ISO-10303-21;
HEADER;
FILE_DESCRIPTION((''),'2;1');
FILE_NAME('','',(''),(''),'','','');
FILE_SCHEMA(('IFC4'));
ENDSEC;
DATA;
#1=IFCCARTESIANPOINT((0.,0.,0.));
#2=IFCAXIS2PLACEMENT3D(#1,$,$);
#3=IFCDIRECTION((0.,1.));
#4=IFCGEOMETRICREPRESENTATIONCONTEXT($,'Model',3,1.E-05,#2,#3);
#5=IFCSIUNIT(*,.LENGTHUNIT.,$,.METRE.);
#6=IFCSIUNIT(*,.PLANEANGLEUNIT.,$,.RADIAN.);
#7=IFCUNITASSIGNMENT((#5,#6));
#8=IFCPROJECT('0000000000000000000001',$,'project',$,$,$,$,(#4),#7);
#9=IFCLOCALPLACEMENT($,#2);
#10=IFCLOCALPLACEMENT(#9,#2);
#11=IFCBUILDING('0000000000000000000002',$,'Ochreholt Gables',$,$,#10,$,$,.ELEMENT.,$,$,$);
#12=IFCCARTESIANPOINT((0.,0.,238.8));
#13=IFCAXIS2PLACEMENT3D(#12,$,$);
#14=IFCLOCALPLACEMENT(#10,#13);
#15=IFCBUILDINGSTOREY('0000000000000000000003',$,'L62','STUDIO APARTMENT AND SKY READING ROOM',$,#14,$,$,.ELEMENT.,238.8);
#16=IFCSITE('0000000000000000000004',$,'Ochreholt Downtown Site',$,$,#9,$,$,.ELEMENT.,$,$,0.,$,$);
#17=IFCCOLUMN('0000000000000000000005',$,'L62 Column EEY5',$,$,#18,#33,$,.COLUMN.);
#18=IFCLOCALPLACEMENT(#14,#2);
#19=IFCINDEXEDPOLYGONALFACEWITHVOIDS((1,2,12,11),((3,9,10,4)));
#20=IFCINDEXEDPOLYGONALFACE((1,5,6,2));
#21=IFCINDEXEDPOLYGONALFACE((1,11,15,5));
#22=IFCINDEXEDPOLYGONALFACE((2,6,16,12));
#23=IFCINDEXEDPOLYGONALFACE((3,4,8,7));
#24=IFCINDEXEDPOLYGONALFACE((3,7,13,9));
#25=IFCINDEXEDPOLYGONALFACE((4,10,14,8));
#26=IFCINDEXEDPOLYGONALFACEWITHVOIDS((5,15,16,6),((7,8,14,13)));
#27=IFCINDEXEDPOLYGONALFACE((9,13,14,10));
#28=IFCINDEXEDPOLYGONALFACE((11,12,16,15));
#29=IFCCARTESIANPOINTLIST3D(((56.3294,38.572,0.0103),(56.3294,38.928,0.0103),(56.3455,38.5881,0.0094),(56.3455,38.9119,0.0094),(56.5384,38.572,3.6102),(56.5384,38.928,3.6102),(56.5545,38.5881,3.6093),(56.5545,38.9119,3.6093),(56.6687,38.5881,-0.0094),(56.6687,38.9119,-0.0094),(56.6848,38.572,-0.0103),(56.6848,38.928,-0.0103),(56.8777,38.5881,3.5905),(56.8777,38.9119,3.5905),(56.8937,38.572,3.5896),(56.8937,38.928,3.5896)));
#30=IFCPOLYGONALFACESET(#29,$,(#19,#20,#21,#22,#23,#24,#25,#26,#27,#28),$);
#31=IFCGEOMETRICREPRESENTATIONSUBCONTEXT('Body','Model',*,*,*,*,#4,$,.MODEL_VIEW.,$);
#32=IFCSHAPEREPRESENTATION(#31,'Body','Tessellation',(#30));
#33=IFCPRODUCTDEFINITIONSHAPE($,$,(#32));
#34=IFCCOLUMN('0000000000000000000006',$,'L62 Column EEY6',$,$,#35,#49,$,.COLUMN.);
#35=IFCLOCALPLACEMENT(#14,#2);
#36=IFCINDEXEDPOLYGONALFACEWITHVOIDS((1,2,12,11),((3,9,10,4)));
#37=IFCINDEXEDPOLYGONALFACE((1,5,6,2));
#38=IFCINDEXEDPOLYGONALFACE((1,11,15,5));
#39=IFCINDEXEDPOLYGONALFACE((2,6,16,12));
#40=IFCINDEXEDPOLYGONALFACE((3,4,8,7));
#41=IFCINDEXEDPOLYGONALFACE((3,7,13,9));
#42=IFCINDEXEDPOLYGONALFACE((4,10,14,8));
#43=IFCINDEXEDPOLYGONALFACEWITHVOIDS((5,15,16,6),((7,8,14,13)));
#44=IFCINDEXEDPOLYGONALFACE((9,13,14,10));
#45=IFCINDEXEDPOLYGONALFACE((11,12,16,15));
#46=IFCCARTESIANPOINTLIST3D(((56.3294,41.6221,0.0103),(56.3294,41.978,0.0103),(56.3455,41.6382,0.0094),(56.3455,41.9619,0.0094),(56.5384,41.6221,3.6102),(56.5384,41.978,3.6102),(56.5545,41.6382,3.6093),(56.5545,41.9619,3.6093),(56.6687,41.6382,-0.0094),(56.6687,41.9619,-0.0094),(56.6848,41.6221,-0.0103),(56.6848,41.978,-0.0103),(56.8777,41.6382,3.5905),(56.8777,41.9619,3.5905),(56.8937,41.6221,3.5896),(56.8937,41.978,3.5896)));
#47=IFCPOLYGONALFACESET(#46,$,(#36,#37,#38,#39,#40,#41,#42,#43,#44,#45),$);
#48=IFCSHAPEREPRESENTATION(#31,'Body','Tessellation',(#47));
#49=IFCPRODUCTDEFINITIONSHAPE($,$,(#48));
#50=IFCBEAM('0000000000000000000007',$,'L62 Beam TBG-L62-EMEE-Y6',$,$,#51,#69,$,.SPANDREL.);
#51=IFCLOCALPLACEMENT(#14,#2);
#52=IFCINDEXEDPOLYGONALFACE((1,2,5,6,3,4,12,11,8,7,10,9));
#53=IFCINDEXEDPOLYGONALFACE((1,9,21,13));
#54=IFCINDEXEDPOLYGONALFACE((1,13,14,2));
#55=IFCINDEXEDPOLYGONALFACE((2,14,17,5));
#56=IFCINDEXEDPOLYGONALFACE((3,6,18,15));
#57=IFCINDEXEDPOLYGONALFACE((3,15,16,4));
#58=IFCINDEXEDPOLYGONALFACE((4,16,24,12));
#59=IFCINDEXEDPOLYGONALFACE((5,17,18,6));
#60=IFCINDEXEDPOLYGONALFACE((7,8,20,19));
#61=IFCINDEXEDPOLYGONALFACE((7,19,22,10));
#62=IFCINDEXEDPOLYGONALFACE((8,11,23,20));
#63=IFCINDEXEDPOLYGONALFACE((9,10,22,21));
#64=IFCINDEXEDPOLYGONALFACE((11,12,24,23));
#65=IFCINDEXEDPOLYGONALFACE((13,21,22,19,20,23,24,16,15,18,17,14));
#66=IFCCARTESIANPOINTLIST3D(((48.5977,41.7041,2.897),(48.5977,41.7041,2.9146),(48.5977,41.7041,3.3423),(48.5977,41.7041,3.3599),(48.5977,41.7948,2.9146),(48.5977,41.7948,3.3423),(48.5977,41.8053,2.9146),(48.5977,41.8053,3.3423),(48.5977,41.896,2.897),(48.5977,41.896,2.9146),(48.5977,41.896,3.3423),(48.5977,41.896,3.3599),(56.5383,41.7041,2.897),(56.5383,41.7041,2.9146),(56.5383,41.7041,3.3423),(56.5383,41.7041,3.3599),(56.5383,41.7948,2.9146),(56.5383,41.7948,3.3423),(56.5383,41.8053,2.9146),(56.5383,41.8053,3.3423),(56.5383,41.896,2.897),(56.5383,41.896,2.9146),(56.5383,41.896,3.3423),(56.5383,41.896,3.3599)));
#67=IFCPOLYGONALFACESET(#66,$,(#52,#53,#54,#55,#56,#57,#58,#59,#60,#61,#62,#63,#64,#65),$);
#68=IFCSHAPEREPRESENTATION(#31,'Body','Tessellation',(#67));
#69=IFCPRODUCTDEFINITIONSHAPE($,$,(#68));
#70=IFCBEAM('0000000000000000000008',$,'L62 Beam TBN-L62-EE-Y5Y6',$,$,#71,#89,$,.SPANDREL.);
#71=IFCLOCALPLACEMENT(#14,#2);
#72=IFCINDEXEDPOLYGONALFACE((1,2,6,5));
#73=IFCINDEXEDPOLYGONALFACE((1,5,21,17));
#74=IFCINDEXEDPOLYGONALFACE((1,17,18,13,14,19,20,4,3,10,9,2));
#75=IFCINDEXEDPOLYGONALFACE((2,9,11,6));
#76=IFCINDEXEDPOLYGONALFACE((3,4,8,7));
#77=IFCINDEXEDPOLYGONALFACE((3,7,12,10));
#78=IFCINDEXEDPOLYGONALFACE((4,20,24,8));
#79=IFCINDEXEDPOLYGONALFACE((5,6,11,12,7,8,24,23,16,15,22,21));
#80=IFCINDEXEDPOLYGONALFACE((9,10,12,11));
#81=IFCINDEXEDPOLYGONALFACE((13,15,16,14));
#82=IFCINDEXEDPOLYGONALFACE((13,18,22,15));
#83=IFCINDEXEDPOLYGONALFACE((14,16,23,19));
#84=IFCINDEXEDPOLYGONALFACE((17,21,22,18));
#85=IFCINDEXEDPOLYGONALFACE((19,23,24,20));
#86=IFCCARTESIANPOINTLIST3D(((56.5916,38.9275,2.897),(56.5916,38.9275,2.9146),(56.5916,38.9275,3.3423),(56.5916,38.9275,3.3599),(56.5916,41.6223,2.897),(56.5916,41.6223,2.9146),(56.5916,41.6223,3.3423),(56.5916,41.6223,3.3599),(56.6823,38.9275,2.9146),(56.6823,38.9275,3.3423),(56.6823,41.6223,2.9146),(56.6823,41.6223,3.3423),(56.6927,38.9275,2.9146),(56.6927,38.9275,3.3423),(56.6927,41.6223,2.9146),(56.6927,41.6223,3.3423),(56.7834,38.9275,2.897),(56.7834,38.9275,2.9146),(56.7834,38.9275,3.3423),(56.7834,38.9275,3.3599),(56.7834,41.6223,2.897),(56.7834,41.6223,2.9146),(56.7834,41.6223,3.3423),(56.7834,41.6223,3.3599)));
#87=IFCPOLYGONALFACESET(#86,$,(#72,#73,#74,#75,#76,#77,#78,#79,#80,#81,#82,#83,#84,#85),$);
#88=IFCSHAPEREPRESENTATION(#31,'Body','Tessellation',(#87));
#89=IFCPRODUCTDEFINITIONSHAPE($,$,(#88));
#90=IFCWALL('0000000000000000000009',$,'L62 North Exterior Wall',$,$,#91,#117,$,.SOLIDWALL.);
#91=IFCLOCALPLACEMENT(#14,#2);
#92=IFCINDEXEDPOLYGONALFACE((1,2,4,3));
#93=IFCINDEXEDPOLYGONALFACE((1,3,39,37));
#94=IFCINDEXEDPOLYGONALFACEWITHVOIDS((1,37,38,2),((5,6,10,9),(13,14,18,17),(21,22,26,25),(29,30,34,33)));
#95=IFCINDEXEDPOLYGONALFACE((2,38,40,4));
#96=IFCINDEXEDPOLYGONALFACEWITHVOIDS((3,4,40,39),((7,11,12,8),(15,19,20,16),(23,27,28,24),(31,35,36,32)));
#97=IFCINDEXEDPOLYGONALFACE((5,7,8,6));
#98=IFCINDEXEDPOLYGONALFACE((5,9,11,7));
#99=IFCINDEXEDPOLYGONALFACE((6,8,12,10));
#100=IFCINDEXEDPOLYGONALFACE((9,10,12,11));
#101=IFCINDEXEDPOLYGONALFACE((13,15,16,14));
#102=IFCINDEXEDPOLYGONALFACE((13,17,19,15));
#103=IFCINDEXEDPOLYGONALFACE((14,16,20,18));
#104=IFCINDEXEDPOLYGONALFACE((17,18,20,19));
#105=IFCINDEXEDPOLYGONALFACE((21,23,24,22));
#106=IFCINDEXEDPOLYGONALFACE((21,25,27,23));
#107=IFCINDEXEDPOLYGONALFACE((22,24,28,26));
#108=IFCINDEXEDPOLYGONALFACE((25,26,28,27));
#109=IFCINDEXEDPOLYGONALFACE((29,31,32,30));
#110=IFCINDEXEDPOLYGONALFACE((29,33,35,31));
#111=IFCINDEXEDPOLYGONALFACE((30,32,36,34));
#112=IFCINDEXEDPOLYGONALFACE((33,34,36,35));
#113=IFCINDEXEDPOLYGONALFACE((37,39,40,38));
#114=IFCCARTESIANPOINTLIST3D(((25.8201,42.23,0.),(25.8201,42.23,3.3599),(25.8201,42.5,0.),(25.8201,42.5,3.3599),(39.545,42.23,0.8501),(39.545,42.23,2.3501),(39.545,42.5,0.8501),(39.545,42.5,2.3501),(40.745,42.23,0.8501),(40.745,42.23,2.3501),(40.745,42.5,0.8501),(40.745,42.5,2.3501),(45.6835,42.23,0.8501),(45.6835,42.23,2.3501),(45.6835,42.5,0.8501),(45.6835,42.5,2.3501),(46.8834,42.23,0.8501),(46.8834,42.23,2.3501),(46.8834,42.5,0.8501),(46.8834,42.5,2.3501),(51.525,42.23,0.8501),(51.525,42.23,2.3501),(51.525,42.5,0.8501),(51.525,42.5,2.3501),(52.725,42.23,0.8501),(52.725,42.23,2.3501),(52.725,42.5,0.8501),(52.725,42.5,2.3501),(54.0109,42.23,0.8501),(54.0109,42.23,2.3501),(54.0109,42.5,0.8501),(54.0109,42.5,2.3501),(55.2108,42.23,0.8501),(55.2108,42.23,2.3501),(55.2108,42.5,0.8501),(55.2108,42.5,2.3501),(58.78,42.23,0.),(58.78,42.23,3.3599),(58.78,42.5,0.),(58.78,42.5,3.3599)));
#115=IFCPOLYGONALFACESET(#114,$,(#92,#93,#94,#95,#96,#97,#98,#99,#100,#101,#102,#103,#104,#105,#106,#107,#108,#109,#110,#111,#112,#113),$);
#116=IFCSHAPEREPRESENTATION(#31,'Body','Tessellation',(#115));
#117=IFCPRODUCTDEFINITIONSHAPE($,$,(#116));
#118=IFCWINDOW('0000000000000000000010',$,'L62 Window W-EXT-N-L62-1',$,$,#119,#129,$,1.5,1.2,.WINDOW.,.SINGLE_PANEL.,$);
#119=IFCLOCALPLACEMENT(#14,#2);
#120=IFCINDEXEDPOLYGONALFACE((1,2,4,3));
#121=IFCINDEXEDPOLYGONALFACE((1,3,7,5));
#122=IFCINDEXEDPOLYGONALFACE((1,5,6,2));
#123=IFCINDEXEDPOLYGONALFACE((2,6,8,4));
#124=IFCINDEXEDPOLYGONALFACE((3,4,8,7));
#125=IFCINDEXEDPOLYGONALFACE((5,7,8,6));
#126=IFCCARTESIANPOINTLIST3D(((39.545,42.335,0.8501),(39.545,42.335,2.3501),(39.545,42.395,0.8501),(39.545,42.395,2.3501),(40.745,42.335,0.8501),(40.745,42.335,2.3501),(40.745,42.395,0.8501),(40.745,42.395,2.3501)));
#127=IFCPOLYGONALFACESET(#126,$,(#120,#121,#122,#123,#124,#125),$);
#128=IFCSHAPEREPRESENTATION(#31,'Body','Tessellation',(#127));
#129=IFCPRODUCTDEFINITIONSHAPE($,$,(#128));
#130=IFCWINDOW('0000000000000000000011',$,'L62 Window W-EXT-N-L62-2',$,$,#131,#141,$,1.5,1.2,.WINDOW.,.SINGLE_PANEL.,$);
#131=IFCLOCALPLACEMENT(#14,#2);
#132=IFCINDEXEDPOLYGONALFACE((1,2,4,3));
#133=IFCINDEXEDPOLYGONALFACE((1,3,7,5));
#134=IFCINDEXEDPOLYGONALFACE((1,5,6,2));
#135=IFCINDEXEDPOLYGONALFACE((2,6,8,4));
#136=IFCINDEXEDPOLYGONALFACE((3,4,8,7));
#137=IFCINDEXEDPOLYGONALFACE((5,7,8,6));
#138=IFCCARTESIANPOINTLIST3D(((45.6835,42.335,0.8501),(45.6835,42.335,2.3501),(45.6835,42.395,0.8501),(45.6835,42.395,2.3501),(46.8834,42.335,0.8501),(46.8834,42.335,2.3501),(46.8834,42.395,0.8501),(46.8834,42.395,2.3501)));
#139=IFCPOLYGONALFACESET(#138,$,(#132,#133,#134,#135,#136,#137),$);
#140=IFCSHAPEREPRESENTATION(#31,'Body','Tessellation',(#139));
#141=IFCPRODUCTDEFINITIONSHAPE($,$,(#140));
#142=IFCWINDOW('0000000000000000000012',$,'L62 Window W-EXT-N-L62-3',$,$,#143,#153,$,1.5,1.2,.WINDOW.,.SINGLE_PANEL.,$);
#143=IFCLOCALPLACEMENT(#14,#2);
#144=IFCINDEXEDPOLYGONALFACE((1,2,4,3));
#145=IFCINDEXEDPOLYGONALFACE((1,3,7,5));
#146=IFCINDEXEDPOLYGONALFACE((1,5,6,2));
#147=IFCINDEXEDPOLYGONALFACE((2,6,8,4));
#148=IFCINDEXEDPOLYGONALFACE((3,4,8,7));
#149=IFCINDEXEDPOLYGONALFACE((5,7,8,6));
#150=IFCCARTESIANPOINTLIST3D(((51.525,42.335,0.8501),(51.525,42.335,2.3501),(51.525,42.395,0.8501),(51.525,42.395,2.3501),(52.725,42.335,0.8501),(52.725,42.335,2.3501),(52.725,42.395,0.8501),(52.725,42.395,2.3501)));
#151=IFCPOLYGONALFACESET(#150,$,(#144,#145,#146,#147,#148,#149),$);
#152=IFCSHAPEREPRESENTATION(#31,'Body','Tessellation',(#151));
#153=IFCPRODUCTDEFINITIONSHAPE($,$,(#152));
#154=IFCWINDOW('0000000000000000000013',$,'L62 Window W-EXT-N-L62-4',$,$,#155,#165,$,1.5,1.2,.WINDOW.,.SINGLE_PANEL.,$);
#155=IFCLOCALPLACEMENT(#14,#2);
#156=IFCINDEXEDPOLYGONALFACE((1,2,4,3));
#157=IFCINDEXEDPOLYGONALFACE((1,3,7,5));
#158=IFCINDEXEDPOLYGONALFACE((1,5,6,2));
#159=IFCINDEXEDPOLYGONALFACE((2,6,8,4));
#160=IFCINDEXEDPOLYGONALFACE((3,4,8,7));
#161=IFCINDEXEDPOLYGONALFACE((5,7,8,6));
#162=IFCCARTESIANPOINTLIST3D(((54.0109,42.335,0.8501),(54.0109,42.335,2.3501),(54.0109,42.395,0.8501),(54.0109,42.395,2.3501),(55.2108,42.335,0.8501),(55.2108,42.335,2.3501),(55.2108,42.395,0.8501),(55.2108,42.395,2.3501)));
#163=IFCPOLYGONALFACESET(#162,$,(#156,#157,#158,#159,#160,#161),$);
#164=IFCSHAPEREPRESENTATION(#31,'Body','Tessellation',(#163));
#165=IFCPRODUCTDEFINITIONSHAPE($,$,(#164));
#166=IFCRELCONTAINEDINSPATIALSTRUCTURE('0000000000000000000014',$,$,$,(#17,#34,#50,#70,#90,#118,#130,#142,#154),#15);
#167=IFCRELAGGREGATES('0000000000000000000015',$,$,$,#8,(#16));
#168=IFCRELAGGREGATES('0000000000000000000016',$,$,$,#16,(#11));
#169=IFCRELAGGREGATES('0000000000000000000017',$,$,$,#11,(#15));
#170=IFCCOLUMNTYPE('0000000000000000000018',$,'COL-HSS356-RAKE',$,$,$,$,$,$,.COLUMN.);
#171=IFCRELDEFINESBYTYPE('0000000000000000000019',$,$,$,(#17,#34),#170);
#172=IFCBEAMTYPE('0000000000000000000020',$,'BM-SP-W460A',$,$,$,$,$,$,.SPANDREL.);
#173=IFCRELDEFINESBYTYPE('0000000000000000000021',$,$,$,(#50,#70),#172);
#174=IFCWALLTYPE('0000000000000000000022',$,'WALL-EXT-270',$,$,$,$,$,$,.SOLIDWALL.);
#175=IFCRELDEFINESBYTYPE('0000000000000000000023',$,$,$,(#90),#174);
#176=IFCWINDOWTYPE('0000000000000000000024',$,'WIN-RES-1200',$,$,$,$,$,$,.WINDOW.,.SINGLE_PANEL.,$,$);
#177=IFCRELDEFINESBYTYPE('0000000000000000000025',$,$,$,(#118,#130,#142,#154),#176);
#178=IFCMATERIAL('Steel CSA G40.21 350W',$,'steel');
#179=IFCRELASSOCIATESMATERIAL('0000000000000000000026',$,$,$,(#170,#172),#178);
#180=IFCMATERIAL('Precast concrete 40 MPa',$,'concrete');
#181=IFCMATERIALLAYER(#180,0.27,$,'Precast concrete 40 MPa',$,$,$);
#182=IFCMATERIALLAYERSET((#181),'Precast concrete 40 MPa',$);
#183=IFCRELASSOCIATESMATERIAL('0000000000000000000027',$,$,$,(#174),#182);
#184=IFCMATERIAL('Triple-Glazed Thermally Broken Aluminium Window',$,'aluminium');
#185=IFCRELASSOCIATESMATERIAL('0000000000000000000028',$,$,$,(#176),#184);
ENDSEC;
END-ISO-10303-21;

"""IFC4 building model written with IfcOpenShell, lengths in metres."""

from ifc_helpers import new_model, si_unit, direction, frame, frame_2d, origin, origin_2d, place, context, subcontext, project, spatial, rectangle, hollow_rectangle, i_section, extrude, material, layer, layer_set, material_profile, profile_set, type_object, element, fill, save


model = new_model("IFC4")

# Units and contexts
model_context = context("Model", 3, precision=1e-05, world=origin(), true_north=direction((0.0, 1.0)))
body_context = subcontext(model_context, "Body", "Model", "MODEL_VIEW")
ifc_project = project(units=[si_unit("LENGTHUNIT", "METRE"), si_unit("PLANEANGLEUNIT", "RADIAN")], contexts=[model_context])

# Site, building, storey
site_placement = place(None, origin())
site = spatial("IfcSite", under=ifc_project, at=site_placement, Name="Ochreholt Downtown Site", CompositionType="ELEMENT", RefElevation=0.0)
building_placement = place(site_placement, origin())
building = spatial("IfcBuilding", under=site, at=building_placement, Name="Ochreholt Gables", CompositionType="ELEMENT")
storey_placement = place(building_placement, frame((0.0, 0.0, 238.8)))
storey = spatial("IfcBuildingStorey", under=building, at=storey_placement, Name="L62", Description="STUDIO APARTMENT AND SKY READING ROOM", CompositionType="ELEMENT", Elevation=238.8)

# Columns
ifc_material_1 = material(Name="Steel CSA G40.21 350W", Category="steel")
ifc_material_profile_1 = material_profile(ifc_material_1, hollow_rectangle(XDim=0.356, YDim=0.356, WallThickness=0.0161, at=origin_2d()), Name="HSS356X356X16")
ifc_profile_set_1 = profile_set([ifc_material_profile_1], Name="Steel CSA G40.21 350W")
column_type = type_object("IfcColumnType", Name="COL-HSS356-RAKE", PredefinedType="COLUMN", material=ifc_profile_set_1)
for number, where, z_axis, x_axis, name in (
    (1, (56.5071, 38.75, 0.0), (0.057956, 0.0, 0.998319), (0.0, 1.0, 0.0), "L62 Column EEY5"),
    (2, (56.5071, 41.8, 0.0), (0.057956, 0.0, 0.998319), (0.0, 1.0, 0.0), "L62 Column EEY6"),
):
    element("IfcColumn", number, at=place(storey_placement, frame(where, z_axis=z_axis, x_axis=x_axis)), inside=storey, type_object=column_type, Name=name, PredefinedType="COLUMN", context=body_context, shape_type="SweptSolid", body=[
        extrude(hollow_rectangle(XDim=0.356, YDim=0.356, WallThickness=0.0161, at=origin_2d()), origin(), (0.0, 0.0, 1.0), 3.606),
    ])

# Beams
ifc_material_profile_2 = material_profile(ifc_material_1, i_section(OverallWidth=0.1919, OverallDepth=0.4629, WebThickness=0.0105, FlangeThickness=0.0176, at=origin_2d()), Name="W460X89")
ifc_profile_set_2 = profile_set([ifc_material_profile_2], Name="Steel CSA G40.21 350W")
beam_type = type_object("IfcBeamType", Name="BM-SP-W460A", PredefinedType="SPANDREL", material=ifc_profile_set_2)
beam_1_placement = place(storey_placement, frame((48.5977, 41.8, 3.1284), z_axis=(1.0, 0.0, 0.0), x_axis=(0.0, 1.0, 0.0)))
element("IfcBeam", 3, at=beam_1_placement, inside=storey, type_object=beam_type, Name="L62 Beam TBG-L62-EMEE-Y6", PredefinedType="SPANDREL", context=body_context, shape_type="SweptSolid", body=[
    extrude(i_section(OverallWidth=0.1919, OverallDepth=0.4629, WebThickness=0.0105, FlangeThickness=0.0176, at=origin_2d()), origin(), (0.0, 0.0, 1.0), 7.9407),
])
beam_2_placement = place(storey_placement, frame((56.6875, 38.9275, 3.1284), z_axis=(0.0, 1.0, 0.0), x_axis=(-1.0, 0.0, 0.0)))
element("IfcBeam", 4, at=beam_2_placement, inside=storey, type_object=beam_type, Name="L62 Beam TBN-L62-EE-Y5Y6", PredefinedType="SPANDREL", context=body_context, shape_type="SweptSolid", body=[
    extrude(i_section(OverallWidth=0.1919, OverallDepth=0.4629, WebThickness=0.0105, FlangeThickness=0.0176, at=origin_2d()), origin(), (0.0, 0.0, 1.0), 2.6948),
])

# Wall, openings, windows
ifc_material_2 = material(Name="Precast concrete 40 MPa", Category="concrete")
ifc_layer_1 = layer(ifc_material_2, 0.27, Name="Precast concrete 40 MPa")
ifc_layer_set_1 = layer_set([ifc_layer_1], Name="Precast concrete 40 MPa")
wall_type_1 = type_object("IfcWallType", Name="WALL-EXT-270", PredefinedType="SOLIDWALL", material=ifc_layer_set_1)
wall_1_placement = place(storey_placement, frame((58.78, 42.365, 0.0), z_axis=(0.0, 0.0, 1.0), x_axis=(-1.0, 0.0, 0.0)))
wall_1 = element("IfcWall", 5, at=wall_1_placement, inside=storey, type_object=wall_type_1, Name="L62 North Exterior Wall", PredefinedType="SOLIDWALL", context=body_context, shape_type="SweptSolid", body=[
    extrude(rectangle(XDim=32.96, YDim=0.27, at=frame_2d((16.48, 0.0))), origin(), (0.0, 0.0, 1.0), 3.3599),
])
opening_1_placement = place(wall_1_placement, frame((18.0349, 0.0, 0.8501)))
opening_1 = element("IfcOpeningElement", 6, at=opening_1_placement, cuts=wall_1, PredefinedType="OPENING", context=body_context, shape_type="SweptSolid", body=[
    extrude(rectangle(XDim=1.2, YDim=1.5, at=frame_2d((0.6001, 0.75))), frame((0.0, 0.145, 0.0), z_axis=(0.0, -1.0, 0.0), x_axis=(1.0, 0.0, 0.0)), (0.0, 0.0, 1.0), 0.29),
])
opening_2_placement = place(wall_1_placement, frame((11.8965, 0.0, 0.8501)))
opening_2 = element("IfcOpeningElement", 7, at=opening_2_placement, cuts=wall_1, PredefinedType="OPENING", context=body_context, shape_type="SweptSolid", body=[
    extrude(rectangle(XDim=1.2, YDim=1.5, at=frame_2d((0.6001, 0.75))), frame((0.0, 0.145, 0.0), z_axis=(0.0, -1.0, 0.0), x_axis=(1.0, 0.0, 0.0)), (0.0, 0.0, 1.0), 0.29),
])
opening_3_placement = place(wall_1_placement, frame((6.0549, 0.0, 0.8501)))
opening_3 = element("IfcOpeningElement", 8, at=opening_3_placement, cuts=wall_1, PredefinedType="OPENING", context=body_context, shape_type="SweptSolid", body=[
    extrude(rectangle(XDim=1.2, YDim=1.5, at=frame_2d((0.6001, 0.75))), frame((0.0, 0.145, 0.0), z_axis=(0.0, -1.0, 0.0), x_axis=(1.0, 0.0, 0.0)), (0.0, 0.0, 1.0), 0.29),
])
opening_4_placement = place(wall_1_placement, frame((3.5691, 0.0, 0.8501)))
opening_4 = element("IfcOpeningElement", 9, at=opening_4_placement, cuts=wall_1, PredefinedType="OPENING", context=body_context, shape_type="SweptSolid", body=[
    extrude(rectangle(XDim=1.2, YDim=1.5, at=frame_2d((0.6001, 0.75))), frame((0.0, 0.145, 0.0), z_axis=(0.0, -1.0, 0.0), x_axis=(1.0, 0.0, 0.0)), (0.0, 0.0, 1.0), 0.29),
])
ifc_material_3 = material(Name="Triple-Glazed Thermally Broken Aluminium Window", Category="aluminium")
window_type = type_object("IfcWindowType", Name="WIN-RES-1200", PartitioningType="SINGLE_PANEL", PredefinedType="WINDOW", material=ifc_material_3)
window_1_placement = place(opening_1_placement, origin())
window_1 = element("IfcWindow", 10, at=window_1_placement, inside=storey, type_object=window_type, Name="L62 Window W-EXT-N-L62-1", OverallHeight=1.5, OverallWidth=1.2, PartitioningType="SINGLE_PANEL", PredefinedType="WINDOW", context=body_context, shape_type="SweptSolid", body=[
    extrude(rectangle(XDim=1.2, YDim=1.5, at=frame_2d((0.6001, 0.75))), frame((0.0, 0.03, 0.0), z_axis=(0.0, -1.0, 0.0), x_axis=(1.0, 0.0, 0.0)), (0.0, 0.0, 1.0), 0.0601),
])
fill(opening_1, window_1)
window_2_placement = place(opening_2_placement, origin())
window_2 = element("IfcWindow", 11, at=window_2_placement, inside=storey, type_object=window_type, Name="L62 Window W-EXT-N-L62-2", OverallHeight=1.5, OverallWidth=1.2, PartitioningType="SINGLE_PANEL", PredefinedType="WINDOW", context=body_context, shape_type="SweptSolid", body=[
    extrude(rectangle(XDim=1.2, YDim=1.5, at=frame_2d((0.6001, 0.75))), frame((0.0, 0.03, 0.0), z_axis=(0.0, -1.0, 0.0), x_axis=(1.0, 0.0, 0.0)), (0.0, 0.0, 1.0), 0.0601),
])
fill(opening_2, window_2)
window_3_placement = place(opening_3_placement, origin())
window_3 = element("IfcWindow", 12, at=window_3_placement, inside=storey, type_object=window_type, Name="L62 Window W-EXT-N-L62-3", OverallHeight=1.5, OverallWidth=1.2, PartitioningType="SINGLE_PANEL", PredefinedType="WINDOW", context=body_context, shape_type="SweptSolid", body=[
    extrude(rectangle(XDim=1.2, YDim=1.5, at=frame_2d((0.6001, 0.75))), frame((0.0, 0.03, 0.0), z_axis=(0.0, -1.0, 0.0), x_axis=(1.0, 0.0, 0.0)), (0.0, 0.0, 1.0), 0.0601),
])
fill(opening_3, window_3)
window_4_placement = place(opening_4_placement, origin())
window_4 = element("IfcWindow", 13, at=window_4_placement, inside=storey, type_object=window_type, Name="L62 Window W-EXT-N-L62-4", OverallHeight=1.5, OverallWidth=1.2, PartitioningType="SINGLE_PANEL", PredefinedType="WINDOW", context=body_context, shape_type="SweptSolid", body=[
    extrude(rectangle(XDim=1.2, YDim=1.5, at=frame_2d((0.6001, 0.75))), frame((0.0, 0.03, 0.0), z_axis=(0.0, -1.0, 0.0), x_axis=(1.0, 0.0, 0.0)), (0.0, 0.0, 1.0), 0.0601),
])
fill(opening_4, window_4)

save(model, "model.ifc")
